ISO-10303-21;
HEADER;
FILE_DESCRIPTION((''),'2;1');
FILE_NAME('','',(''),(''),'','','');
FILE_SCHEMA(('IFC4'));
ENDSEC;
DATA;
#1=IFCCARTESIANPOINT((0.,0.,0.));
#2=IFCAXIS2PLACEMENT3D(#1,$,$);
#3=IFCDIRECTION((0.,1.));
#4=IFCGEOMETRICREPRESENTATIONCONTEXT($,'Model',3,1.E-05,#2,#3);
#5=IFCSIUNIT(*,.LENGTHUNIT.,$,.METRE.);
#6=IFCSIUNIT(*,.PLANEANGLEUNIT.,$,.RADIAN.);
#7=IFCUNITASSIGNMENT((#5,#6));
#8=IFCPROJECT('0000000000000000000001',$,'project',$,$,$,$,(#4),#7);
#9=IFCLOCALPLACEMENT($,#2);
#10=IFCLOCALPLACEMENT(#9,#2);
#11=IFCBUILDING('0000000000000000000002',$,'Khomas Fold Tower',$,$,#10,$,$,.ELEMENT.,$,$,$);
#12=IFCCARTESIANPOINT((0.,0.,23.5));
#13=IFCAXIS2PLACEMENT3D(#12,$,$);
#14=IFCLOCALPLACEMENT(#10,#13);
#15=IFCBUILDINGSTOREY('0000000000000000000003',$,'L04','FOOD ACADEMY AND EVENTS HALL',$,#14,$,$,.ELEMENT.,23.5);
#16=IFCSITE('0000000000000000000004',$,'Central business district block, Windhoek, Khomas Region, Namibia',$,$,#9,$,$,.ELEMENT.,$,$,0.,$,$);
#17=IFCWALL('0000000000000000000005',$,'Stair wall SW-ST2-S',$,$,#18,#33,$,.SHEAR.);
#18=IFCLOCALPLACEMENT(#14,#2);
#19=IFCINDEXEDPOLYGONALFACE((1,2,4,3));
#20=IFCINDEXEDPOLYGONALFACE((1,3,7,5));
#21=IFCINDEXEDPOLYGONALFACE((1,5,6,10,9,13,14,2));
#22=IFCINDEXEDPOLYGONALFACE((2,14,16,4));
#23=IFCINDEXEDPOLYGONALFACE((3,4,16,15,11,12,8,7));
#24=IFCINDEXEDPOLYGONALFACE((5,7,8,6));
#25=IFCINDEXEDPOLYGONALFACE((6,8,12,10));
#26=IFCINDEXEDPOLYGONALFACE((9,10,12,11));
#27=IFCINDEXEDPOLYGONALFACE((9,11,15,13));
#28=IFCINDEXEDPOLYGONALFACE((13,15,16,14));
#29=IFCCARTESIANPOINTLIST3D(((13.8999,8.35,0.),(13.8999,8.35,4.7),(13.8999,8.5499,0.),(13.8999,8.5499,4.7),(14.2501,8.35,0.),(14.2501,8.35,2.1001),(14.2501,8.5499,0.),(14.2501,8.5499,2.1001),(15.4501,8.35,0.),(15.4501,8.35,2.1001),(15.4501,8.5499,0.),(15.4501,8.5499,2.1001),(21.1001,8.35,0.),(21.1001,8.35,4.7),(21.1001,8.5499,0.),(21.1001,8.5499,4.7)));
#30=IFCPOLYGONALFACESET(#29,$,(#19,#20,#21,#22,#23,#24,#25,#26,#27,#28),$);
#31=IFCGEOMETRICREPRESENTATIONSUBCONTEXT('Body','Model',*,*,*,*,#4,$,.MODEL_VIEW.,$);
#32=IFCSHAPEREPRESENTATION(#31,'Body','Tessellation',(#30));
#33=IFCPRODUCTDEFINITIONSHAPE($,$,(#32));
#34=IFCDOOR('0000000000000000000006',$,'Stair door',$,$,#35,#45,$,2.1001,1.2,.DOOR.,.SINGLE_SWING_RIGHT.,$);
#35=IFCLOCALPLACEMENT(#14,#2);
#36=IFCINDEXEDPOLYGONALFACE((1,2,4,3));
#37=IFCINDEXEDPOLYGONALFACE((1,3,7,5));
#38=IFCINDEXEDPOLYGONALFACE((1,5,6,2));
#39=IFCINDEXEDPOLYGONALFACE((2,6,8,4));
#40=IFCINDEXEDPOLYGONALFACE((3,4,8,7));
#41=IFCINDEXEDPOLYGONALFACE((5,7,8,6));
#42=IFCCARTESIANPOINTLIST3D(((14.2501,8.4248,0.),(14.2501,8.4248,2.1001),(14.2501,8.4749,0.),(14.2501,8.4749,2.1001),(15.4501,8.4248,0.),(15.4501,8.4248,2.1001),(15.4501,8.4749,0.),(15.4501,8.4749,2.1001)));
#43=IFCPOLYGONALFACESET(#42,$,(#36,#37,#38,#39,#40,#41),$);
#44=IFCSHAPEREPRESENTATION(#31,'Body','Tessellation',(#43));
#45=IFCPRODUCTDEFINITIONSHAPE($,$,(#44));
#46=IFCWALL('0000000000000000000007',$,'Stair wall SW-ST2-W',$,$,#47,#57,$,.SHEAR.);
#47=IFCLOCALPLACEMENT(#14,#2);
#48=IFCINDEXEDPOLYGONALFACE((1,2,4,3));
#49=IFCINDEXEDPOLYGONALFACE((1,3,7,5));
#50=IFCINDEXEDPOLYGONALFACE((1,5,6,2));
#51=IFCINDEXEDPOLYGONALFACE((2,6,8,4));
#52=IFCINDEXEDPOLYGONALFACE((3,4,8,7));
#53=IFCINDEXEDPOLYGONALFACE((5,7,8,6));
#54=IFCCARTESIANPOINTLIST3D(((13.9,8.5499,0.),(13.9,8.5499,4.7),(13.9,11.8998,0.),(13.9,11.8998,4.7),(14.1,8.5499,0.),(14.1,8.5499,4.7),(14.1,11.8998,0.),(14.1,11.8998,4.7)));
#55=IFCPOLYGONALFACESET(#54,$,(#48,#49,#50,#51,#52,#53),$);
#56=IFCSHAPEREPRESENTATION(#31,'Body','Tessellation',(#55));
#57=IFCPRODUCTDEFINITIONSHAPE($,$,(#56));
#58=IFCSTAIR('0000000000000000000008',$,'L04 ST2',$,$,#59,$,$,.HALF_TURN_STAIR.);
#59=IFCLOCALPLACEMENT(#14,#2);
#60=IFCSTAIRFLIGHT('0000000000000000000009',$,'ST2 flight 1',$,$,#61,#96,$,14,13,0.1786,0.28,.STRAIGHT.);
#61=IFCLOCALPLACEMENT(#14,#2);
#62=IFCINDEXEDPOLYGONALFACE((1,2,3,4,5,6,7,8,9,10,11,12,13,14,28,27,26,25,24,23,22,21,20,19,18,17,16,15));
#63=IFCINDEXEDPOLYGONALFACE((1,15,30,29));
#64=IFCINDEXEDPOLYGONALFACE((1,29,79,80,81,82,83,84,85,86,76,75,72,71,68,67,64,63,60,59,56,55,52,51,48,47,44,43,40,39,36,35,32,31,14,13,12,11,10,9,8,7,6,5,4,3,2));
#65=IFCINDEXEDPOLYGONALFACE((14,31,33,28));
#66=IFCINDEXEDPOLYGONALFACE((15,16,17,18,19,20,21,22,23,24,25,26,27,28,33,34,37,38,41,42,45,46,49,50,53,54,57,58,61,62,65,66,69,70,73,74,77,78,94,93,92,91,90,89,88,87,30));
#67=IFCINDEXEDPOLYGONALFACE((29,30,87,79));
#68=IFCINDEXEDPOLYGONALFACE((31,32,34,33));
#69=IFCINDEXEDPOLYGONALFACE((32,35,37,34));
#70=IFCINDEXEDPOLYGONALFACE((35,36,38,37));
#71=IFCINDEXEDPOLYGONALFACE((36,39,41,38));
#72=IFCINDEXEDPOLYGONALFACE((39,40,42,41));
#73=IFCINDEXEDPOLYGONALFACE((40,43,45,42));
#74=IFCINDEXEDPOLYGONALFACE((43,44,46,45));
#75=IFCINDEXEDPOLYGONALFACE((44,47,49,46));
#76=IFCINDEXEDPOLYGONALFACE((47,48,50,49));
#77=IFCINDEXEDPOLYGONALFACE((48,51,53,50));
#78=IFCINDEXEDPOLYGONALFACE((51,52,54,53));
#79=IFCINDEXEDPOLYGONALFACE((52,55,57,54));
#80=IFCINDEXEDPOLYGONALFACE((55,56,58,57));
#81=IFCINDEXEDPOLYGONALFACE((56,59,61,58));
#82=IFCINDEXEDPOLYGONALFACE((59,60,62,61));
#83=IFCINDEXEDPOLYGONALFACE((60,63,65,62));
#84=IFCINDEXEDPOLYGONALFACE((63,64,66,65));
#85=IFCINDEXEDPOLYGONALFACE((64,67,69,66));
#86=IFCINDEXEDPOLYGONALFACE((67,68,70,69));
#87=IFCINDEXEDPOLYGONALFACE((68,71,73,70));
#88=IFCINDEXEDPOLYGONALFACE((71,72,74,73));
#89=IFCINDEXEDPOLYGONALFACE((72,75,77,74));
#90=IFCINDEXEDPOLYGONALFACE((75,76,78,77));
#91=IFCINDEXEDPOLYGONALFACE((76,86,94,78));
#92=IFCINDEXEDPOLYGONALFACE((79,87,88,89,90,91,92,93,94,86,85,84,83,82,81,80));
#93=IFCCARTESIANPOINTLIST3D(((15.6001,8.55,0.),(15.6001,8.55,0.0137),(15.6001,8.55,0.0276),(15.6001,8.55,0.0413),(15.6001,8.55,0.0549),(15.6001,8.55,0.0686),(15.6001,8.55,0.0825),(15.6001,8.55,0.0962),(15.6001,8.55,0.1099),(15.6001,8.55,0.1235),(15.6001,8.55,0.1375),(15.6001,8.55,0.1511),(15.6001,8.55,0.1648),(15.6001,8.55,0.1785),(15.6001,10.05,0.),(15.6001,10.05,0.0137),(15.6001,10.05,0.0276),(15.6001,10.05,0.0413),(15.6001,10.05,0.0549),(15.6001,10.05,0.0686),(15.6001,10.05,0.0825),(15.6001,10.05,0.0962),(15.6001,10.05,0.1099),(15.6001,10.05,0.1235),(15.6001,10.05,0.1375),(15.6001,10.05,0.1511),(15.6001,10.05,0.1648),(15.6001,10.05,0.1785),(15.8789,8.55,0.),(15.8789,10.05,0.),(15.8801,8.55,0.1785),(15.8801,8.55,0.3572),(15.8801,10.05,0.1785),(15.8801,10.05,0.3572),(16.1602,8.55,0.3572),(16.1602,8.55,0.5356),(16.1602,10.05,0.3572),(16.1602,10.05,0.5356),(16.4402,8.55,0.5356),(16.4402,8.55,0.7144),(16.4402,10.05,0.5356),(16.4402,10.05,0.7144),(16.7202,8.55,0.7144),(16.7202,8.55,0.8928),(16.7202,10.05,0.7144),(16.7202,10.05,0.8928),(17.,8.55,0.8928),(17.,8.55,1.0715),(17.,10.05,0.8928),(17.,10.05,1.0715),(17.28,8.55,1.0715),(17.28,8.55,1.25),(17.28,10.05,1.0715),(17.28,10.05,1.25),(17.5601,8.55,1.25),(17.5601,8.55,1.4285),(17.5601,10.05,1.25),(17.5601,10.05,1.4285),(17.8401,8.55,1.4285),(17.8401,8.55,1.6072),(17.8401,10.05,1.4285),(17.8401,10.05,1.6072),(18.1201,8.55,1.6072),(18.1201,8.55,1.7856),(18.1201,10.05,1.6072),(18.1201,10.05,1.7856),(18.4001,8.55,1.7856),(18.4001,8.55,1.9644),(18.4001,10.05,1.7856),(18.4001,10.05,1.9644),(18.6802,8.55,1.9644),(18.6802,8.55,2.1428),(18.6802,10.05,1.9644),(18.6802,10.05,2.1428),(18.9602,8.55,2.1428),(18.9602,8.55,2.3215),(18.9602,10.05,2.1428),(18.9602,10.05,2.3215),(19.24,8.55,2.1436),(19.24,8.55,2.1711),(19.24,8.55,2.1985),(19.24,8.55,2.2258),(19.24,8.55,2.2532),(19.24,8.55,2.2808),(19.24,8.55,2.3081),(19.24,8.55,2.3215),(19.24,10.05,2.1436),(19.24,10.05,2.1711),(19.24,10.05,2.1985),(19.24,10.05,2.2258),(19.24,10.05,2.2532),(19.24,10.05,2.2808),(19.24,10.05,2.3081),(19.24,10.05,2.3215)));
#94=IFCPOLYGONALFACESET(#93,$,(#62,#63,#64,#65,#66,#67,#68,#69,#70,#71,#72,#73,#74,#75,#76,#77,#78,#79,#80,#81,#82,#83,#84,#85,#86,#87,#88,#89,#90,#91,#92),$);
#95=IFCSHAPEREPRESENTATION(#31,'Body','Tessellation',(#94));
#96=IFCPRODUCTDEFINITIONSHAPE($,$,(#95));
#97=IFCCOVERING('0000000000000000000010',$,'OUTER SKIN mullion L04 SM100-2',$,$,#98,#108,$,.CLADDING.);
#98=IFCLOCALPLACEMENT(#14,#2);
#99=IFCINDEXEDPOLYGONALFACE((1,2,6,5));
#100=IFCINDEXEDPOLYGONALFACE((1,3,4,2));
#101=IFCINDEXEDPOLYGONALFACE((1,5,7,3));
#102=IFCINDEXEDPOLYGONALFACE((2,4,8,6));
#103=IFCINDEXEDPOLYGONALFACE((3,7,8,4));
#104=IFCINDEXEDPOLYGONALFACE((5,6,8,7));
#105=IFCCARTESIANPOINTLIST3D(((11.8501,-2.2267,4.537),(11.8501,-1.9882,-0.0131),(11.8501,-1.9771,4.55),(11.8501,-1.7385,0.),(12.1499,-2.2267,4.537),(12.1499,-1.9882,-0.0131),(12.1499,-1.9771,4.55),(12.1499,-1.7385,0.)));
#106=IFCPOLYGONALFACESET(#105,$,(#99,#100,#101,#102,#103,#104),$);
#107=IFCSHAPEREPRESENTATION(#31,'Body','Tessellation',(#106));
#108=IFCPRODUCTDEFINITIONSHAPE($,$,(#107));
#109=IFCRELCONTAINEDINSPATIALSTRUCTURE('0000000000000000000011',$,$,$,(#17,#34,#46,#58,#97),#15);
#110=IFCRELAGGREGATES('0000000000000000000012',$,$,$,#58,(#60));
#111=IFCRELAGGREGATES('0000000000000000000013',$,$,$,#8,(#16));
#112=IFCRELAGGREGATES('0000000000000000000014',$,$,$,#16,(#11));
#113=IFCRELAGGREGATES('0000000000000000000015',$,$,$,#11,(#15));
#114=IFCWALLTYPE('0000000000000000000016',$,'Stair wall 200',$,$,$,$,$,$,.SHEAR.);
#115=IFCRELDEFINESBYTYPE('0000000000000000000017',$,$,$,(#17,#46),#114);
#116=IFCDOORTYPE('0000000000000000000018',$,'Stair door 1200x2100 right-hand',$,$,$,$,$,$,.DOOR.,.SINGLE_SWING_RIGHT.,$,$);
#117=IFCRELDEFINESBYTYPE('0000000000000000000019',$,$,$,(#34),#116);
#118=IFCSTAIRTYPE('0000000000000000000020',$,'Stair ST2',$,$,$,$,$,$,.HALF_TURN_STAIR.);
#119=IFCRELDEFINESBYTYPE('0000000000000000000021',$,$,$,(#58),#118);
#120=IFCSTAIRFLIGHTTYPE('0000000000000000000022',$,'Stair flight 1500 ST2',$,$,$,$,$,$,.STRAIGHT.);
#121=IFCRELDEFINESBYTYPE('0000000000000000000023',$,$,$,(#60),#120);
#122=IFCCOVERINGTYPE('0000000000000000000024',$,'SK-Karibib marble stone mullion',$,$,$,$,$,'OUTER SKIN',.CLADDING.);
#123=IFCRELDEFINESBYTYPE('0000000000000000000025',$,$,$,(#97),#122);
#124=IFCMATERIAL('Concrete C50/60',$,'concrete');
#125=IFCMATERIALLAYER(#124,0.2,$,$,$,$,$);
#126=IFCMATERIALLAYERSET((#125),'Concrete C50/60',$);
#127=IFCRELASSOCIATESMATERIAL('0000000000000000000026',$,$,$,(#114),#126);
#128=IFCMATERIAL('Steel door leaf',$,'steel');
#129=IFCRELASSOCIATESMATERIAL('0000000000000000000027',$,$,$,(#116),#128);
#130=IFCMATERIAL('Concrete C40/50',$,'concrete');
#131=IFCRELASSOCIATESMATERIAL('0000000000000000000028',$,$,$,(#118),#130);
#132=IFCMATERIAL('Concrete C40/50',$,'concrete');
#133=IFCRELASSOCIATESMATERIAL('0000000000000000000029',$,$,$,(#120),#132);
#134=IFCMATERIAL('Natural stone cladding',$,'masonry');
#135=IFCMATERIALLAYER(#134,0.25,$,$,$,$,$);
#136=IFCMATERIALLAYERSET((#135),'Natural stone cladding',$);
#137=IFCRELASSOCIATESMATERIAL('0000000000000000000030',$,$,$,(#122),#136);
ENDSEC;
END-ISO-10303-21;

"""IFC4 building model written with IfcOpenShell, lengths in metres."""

from ifc_helpers import new_model, si_unit, direction, frame, frame_2d, origin, place, context, subcontext, project, spatial, polyline, rectangle, outline, extrude, source, transform, mapped, material, layer, layer_set, type_object, element, fill, aggregate, save


model = new_model("IFC4")

# Units and contexts
model_context = context("Model", 3, precision=1e-05, world=origin(), true_north=direction((0.0, 1.0)))
body_context = subcontext(model_context, "Body", "Model", "MODEL_VIEW")
ifc_project = project(units=[si_unit("LENGTHUNIT", "METRE"), si_unit("PLANEANGLEUNIT", "RADIAN")], contexts=[model_context])

# Site, building, storey
site_placement = place(None, origin())
site = spatial("IfcSite", under=ifc_project, at=site_placement, Name="Central business district block, Windhoek, Khomas Region, Namibia", CompositionType="ELEMENT", RefElevation=0.0)
building_placement = place(site_placement, origin())
building = spatial("IfcBuilding", under=site, at=building_placement, Name="Khomas Fold Tower", CompositionType="ELEMENT")
storey_placement = place(building_placement, frame((0.0, 0.0, 23.5)))
storey = spatial("IfcBuildingStorey", under=building, at=storey_placement, Name="L04", Description="FOOD ACADEMY AND EVENTS HALL", CompositionType="ELEMENT", Elevation=23.5)

# Shared definitions
ifc_material_1 = material(Name="Concrete C50/60", Category="concrete")
ifc_layer_1 = layer(ifc_material_1, 0.2)
ifc_layer_set_1 = layer_set([ifc_layer_1], Name="Concrete C50/60")
wall_type_1 = type_object("IfcWallType", Name="Stair wall 200", PredefinedType="SHEAR", material=ifc_layer_set_1)

# Wall, opening, door
shared_shape_1 = source(origin(), body_context, "Body", "SweptSolid", [
    extrude(rectangle(XDim=7.2002, YDim=0.2, at=frame_2d((3.6001, 0.0))), origin(), (0.0, 0.0, 1.0), 4.7),
])
wall_1_placement = place(storey_placement, frame((13.8999, 8.45, 0.0), z_axis=(0.0, 0.0, 1.0), x_axis=(1.0, 0.0, 0.0)))
wall_1 = element("IfcWall", 1, at=wall_1_placement, inside=storey, type_object=wall_type_1, Name="Stair wall SW-ST2-S", PredefinedType="SHEAR", context=body_context, shape_type="MappedRepresentation", body=[
    mapped(shared_shape_1, transform((0.0, 0.0, 0.0))),
])
shared_shape_2 = source(origin(), body_context, "Body", "SweptSolid", [
    extrude(rectangle(XDim=1.2, YDim=2.1001, at=frame_2d((0.6001, 1.05))), frame((0.0, 0.1099, 0.0), z_axis=(0.0, -1.0, 0.0), x_axis=(1.0, 0.0, 0.0)), (0.0, 0.0, 1.0), 0.22),
])
opening_placement = place(wall_1_placement, frame((0.3501, 0.0, 0.0)))
opening = element("IfcOpeningElement", 2, at=opening_placement, cuts=wall_1, PredefinedType="OPENING", context=body_context, shape_type="MappedRepresentation", body=[
    mapped(shared_shape_2, transform((0.0, 0.0, 0.0))),
])
ifc_material_2 = material(Name="Steel door leaf", Category="steel")
door_type = type_object("IfcDoorType", Name="Stair door 1200x2100 right-hand", OperationType="SINGLE_SWING_RIGHT", PredefinedType="DOOR", material=ifc_material_2)
shared_shape_3 = source(origin(), body_context, "Body", "SweptSolid", [
    extrude(rectangle(XDim=1.2, YDim=2.1001, at=frame_2d((0.6001, 1.05))), frame((0.0, 0.0249, 0.0), z_axis=(0.0, -1.0, 0.0), x_axis=(1.0, 0.0, 0.0)), (0.0, 0.0, 1.0), 0.05),
])
door_placement = place(opening_placement, origin())
door = element("IfcDoor", 3, at=door_placement, inside=storey, type_object=door_type, Name="Stair door", OperationType="SINGLE_SWING_RIGHT", OverallHeight=2.1001, OverallWidth=1.2, PredefinedType="DOOR", context=body_context, shape_type="MappedRepresentation", body=[
    mapped(shared_shape_3, transform((0.0, 0.0, 0.0))),
])
fill(opening, door)

# Wall
shared_shape_4 = source(origin(), body_context, "Body", "SweptSolid", [
    extrude(rectangle(XDim=3.3499, YDim=0.2, at=frame_2d((1.6748, 0.0))), origin(), (0.0, 0.0, 1.0), 4.7),
])
wall_2_placement = place(storey_placement, frame((14.0, 8.55, 0.0), z_axis=(0.0, 0.0, 1.0), x_axis=(0.0, 1.0, 0.0)))
element("IfcWall", 4, at=wall_2_placement, inside=storey, type_object=wall_type_1, Name="Stair wall SW-ST2-W", PredefinedType="SHEAR", context=body_context, shape_type="MappedRepresentation", body=[
    mapped(shared_shape_4, transform((0.0, 0.0, 0.0))),
])

# Stair, stair flight
ifc_material_3 = material(Name="Concrete C40/50", Category="concrete")
stair_type = type_object("IfcStairType", Name="Stair ST2", PredefinedType="HALF_TURN_STAIR", material=ifc_material_3)
stair_placement = place(storey_placement, origin())
stair = element("IfcStair", 5, at=stair_placement, inside=storey, type_object=stair_type, Name="L04 ST2", PredefinedType="HALF_TURN_STAIR")
ifc_material_4 = material(Name="Concrete C40/50", Category="concrete")
stair_flight_type = type_object("IfcStairFlightType", Name="Stair flight 1500 ST2", PredefinedType="STRAIGHT", material=ifc_material_4)
shared_shape_5 = source(origin(), body_context, "Body", "SweptSolid", [
    extrude(outline(polyline([(0.0, 0.0), (0.0, 0.0137), (0.0, 0.0276), (0.0, 0.0413), (0.0, 0.0549), (0.0, 0.0686), (0.0, 0.0825), (0.0, 0.0962), (0.0, 0.1099), (0.0, 0.1235), (0.0, 0.1375), (0.0, 0.1511), (0.0, 0.1648), (0.0, 0.1785), (0.28, 0.1785), (0.28, 0.3572), (0.5601, 0.3572), (0.5601, 0.5356), (0.8401, 0.5356), (0.8401, 0.7144), (1.1201, 0.7144), (1.1201, 0.8928), (1.3999, 0.8928), (1.3999, 1.0715), (1.6799, 1.0715), (1.6799, 1.25), (1.96, 1.25), (1.96, 1.4285), (2.24, 1.4285), (2.24, 1.6072), (2.52, 1.6072), (2.52, 1.7856), (2.8, 1.7856), (2.8, 1.9644), (3.0801, 1.9644), (3.0801, 2.1428), (3.3601, 2.1428), (3.3601, 2.3215), (3.6399, 2.3215), (3.6399, 2.5), (3.6399, 2.4727), (3.6399, 2.4451), (3.6399, 2.4177), (3.6399, 2.3904), (3.6399, 2.363), (3.6399, 2.3354), (3.6399, 2.3081), (3.6399, 2.2808), (3.6399, 2.2532), (3.6399, 2.2258), (3.6399, 2.1985), (3.6399, 2.1711), (3.6399, 2.1436), (0.2788, 0.0), (0.0, 0.0)])), frame((0.0, 0.75, 0.0), z_axis=(0.0, -1.0, 0.0), x_axis=(1.0, 0.0, 0.0)), (0.0, 0.0, 1.0), 1.5),
])
stair_flight_placement = place(storey_placement, frame((15.6001, 9.3, 0.0), z_axis=(0.0, 0.0, 1.0), x_axis=(1.0, 0.0, 0.0)))
stair_flight = element("IfcStairFlight", 6, at=stair_flight_placement, type_object=stair_flight_type, Name="ST2 flight 1", NumberOfRisers=14, NumberOfTreads=13, PredefinedType="STRAIGHT", RiserHeight=0.1786, TreadLength=0.28, context=body_context, shape_type="MappedRepresentation", body=[
    mapped(shared_shape_5, transform((0.0, 0.0, 0.0))),
])
aggregate(stair, [stair_flight])

# Covering
ifc_material_5 = material(Name="Natural stone cladding", Category="masonry")
ifc_layer_2 = layer(ifc_material_5, 0.25)
ifc_layer_set_2 = layer_set([ifc_layer_2], Name="Natural stone cladding")
covering_type = type_object("IfcCoveringType", Name="SK-Karibib marble stone mullion", ElementType="OUTER SKIN", PredefinedType="CLADDING", material=ifc_layer_set_2)
covering_placement = place(storey_placement, frame((12.1499, -1.9771, 4.55), z_axis=(0.0, 0.998629, 0.052351), x_axis=(0.0, 0.052351, -0.998629)))
element("IfcCovering", 7, at=covering_placement, inside=storey, type_object=covering_type, Name="OUTER SKIN mullion L04 SM100-2", PredefinedType="CLADDING", context=body_context, shape_type="SweptSolid", body=[
    extrude(outline(polyline([(0.0, 0.0), (4.5563, 0.0), (4.5563, 0.2998), (0.0, 0.2998), (0.0, 0.0)])), origin(), (0.0, 0.0, -1.0), 0.25),
])

save(model, "model.ifc")
